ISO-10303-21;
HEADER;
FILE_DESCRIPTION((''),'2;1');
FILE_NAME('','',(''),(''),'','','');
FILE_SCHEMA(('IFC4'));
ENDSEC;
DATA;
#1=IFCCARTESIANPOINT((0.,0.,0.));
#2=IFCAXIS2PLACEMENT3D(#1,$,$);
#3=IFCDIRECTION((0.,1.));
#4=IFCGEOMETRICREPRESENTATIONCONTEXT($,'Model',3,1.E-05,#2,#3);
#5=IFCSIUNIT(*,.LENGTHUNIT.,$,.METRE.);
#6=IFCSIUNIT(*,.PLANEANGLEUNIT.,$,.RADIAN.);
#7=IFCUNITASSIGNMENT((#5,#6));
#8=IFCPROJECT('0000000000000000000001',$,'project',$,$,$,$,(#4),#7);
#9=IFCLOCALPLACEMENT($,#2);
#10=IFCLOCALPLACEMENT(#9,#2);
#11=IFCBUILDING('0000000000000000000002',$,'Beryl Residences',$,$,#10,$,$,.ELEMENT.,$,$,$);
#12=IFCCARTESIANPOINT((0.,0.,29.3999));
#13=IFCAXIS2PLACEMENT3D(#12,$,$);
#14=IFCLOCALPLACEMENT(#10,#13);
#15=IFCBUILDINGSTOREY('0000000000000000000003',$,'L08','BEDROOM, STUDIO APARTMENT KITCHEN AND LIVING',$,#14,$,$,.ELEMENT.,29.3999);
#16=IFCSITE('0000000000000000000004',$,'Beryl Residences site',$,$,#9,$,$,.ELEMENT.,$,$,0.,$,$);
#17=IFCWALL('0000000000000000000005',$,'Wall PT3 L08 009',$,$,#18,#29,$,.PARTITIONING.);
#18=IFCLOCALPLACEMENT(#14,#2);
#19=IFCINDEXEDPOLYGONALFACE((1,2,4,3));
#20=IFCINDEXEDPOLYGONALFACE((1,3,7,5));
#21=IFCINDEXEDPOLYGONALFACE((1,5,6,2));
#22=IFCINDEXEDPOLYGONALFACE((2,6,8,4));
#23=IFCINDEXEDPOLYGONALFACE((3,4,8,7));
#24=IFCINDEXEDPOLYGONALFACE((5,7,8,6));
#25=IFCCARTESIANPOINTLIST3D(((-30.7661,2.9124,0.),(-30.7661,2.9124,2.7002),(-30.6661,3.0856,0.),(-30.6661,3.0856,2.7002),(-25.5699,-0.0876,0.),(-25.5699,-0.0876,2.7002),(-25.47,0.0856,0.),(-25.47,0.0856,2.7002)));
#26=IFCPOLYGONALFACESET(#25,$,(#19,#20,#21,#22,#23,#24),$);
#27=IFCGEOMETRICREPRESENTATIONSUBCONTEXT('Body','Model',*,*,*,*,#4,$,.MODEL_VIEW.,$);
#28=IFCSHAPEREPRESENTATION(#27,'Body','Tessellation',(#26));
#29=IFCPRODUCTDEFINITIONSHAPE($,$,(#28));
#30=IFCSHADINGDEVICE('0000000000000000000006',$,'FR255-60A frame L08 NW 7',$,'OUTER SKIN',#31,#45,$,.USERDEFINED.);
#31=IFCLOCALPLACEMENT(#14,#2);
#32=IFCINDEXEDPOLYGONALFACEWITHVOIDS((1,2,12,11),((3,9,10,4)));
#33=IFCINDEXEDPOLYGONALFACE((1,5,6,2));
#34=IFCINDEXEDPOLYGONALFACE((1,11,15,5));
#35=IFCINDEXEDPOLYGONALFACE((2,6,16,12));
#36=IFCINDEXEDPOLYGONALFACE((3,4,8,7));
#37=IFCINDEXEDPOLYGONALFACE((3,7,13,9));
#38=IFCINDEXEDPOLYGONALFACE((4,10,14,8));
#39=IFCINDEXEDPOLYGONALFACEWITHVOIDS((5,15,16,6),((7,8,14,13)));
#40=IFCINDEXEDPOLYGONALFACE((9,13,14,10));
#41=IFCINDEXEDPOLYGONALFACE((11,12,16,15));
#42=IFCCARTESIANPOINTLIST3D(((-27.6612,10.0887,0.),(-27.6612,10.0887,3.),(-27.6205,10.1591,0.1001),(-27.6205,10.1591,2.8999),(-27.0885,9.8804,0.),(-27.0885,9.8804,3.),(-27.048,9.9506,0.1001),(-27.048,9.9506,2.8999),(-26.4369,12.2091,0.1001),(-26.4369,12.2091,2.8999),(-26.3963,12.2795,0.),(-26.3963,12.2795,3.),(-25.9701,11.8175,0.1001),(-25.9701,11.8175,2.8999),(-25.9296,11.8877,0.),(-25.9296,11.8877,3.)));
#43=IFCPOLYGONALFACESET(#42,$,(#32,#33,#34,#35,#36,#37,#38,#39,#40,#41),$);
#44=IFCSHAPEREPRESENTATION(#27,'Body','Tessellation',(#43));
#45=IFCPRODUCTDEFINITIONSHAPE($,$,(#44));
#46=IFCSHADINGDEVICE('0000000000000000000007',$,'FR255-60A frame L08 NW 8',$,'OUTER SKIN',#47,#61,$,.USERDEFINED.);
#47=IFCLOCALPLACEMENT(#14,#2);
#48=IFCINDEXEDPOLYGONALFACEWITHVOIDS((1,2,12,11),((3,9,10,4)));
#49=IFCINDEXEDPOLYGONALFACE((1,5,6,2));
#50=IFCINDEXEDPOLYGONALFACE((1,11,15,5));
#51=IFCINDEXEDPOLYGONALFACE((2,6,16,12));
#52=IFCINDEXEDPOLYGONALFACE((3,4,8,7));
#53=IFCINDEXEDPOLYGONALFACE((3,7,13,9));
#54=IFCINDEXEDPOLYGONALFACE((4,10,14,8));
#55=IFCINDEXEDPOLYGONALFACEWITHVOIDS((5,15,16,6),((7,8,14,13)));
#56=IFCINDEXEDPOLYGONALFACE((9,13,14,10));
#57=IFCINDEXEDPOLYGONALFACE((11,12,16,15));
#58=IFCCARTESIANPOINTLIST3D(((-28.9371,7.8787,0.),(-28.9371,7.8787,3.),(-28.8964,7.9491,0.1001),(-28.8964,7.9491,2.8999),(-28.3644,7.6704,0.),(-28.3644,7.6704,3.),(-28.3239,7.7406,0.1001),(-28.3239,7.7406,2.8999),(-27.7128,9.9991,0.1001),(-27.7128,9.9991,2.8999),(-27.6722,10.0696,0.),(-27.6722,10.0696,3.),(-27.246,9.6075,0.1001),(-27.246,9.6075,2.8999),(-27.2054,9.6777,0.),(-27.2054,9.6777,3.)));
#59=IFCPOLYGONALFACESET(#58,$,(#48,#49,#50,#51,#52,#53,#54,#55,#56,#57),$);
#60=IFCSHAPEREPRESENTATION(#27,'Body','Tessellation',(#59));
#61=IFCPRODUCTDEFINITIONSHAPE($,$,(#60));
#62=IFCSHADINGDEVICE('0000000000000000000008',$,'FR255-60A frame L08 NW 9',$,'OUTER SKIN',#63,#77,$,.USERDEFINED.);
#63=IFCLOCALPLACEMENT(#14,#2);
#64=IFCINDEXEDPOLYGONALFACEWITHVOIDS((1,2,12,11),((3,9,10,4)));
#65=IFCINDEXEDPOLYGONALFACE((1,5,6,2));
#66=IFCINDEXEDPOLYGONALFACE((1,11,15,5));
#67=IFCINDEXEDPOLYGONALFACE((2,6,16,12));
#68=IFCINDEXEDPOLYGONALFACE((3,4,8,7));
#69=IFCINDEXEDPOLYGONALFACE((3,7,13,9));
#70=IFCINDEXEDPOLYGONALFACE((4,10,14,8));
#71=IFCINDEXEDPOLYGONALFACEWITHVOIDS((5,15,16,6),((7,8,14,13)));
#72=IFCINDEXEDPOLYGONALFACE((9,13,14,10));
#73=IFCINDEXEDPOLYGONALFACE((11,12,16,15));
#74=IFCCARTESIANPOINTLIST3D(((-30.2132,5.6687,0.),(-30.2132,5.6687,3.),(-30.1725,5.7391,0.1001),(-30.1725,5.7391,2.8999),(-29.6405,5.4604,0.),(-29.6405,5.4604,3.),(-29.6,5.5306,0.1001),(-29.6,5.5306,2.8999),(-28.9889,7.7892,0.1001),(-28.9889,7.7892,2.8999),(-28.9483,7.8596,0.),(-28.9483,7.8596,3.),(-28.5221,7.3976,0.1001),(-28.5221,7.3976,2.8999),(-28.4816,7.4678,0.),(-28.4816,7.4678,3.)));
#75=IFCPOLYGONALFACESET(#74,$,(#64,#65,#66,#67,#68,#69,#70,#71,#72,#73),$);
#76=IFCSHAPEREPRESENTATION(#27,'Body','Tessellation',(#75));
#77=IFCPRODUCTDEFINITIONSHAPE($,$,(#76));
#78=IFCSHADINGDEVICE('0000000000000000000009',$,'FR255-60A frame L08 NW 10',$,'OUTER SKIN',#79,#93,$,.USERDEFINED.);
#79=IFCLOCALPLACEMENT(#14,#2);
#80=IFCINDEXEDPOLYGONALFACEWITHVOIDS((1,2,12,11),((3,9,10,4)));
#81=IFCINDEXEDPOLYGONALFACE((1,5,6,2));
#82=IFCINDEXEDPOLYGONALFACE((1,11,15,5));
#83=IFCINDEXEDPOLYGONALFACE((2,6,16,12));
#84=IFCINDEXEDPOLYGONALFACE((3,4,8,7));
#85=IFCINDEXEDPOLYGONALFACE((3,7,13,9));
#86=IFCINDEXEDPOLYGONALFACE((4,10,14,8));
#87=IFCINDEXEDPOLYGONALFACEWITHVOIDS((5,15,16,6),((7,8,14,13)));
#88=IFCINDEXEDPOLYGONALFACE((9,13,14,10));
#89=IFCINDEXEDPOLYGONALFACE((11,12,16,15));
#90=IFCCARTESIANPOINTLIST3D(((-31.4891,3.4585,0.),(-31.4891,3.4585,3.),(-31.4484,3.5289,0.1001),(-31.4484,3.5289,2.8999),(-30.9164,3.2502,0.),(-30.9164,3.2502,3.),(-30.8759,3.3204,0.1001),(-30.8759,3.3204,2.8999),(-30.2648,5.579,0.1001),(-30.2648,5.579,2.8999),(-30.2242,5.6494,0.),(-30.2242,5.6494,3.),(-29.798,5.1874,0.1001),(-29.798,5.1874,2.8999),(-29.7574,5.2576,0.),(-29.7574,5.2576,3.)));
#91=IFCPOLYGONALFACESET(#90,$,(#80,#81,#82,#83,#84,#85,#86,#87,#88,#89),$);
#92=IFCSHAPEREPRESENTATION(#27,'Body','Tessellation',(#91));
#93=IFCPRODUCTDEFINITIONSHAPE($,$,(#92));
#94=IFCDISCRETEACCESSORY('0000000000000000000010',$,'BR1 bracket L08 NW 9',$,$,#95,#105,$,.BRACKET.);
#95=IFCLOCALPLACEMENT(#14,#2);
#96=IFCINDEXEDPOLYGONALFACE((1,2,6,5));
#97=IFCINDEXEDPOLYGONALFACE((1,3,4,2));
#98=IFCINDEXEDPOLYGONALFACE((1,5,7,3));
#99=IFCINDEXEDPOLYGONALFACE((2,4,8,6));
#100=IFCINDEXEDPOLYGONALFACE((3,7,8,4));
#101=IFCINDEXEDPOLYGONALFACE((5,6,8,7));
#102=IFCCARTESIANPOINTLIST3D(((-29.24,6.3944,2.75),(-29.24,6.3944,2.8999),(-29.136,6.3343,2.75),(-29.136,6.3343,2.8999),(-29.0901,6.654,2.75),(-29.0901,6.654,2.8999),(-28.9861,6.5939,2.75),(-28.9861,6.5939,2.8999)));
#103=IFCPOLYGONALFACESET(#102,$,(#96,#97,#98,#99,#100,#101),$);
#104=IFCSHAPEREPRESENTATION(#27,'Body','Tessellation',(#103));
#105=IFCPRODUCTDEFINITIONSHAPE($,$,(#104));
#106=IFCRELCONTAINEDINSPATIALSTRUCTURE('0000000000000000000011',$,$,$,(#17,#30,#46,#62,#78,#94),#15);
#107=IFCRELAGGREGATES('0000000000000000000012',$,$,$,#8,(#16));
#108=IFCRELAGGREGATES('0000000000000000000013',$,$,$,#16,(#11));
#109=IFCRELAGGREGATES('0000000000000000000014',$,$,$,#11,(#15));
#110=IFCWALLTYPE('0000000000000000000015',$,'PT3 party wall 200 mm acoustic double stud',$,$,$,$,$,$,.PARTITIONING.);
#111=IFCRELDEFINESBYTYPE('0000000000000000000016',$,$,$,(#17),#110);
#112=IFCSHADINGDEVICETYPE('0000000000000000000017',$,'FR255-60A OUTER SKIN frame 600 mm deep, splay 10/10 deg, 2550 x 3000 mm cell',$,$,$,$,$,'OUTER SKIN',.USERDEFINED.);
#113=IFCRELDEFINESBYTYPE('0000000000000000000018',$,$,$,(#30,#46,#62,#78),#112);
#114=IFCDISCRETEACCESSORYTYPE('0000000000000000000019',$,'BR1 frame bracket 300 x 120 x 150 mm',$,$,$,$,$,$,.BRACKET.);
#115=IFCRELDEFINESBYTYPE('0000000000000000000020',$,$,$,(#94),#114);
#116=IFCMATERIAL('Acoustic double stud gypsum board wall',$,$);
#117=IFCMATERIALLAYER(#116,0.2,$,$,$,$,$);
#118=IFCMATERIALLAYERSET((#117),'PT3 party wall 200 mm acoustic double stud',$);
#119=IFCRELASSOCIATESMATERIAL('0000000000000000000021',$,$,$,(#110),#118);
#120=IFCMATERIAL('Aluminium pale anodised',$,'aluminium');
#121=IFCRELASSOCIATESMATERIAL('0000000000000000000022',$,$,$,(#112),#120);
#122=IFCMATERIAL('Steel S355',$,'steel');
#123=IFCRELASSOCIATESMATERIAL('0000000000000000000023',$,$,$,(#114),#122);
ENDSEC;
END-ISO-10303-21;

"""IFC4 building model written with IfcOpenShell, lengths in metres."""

from ifc_helpers import new_model, entity, si_unit, direction, frame, frame_2d, origin, place, context, subcontext, project, spatial, polyline, rectangle, outline, extrude, source, transform, mapped, material, layer, layer_set, type_object, type_shapes, element, save


model = new_model("IFC4")

# Units and contexts
model_context = context("Model", 3, precision=1e-05, world=origin(), true_north=direction((0.0, 1.0)))
body_context = subcontext(model_context, "Body", "Model", "MODEL_VIEW")
ifc_project = project(units=[si_unit("LENGTHUNIT", "METRE"), si_unit("PLANEANGLEUNIT", "RADIAN")], contexts=[model_context])

# Site, building, storey
site_placement = place(None, origin())
site = spatial("IfcSite", under=ifc_project, at=site_placement, Name="Beryl Residences site", CompositionType="ELEMENT", RefElevation=0.0)
building_placement = place(site_placement, origin())
building = spatial("IfcBuilding", under=site, at=building_placement, Name="Beryl Residences", CompositionType="ELEMENT")
storey_placement = place(building_placement, frame((0.0, 0.0, 29.3999)))
storey = spatial("IfcBuildingStorey", under=building, at=storey_placement, Name="L08", Description="BEDROOM, STUDIO APARTMENT KITCHEN AND LIVING", CompositionType="ELEMENT", Elevation=29.3999)

# Wall
ifc_material_1 = material(Name="Acoustic double stud gypsum board wall")
ifc_layer_1 = layer(ifc_material_1, 0.2)
ifc_layer_set_1 = layer_set([ifc_layer_1], Name="PT3 party wall 200 mm acoustic double stud")
wall_type_1 = type_object("IfcWallType", Name="PT3 party wall 200 mm acoustic double stud", PredefinedType="PARTITIONING", material=ifc_layer_set_1)
wall_1_placement = place(storey_placement, frame((-30.7161, 2.999, 0.0), z_axis=(0.0, 0.0, 1.0), x_axis=(0.866021, -0.500008, 0.0)))
element("IfcWall", 1, at=wall_1_placement, inside=storey, type_object=wall_type_1, Name="Wall PT3 L08 009", PredefinedType="PARTITIONING", context=body_context, shape_type="SweptSolid", body=[
    extrude(rectangle(XDim=6.0, YDim=0.2, at=frame_2d((3.0, 0.0))), origin(), (0.0, 0.0, 1.0), 2.7002),
])

# Shading devices
ifc_material_2 = material(Name="Aluminium pale anodised", Category="aluminium")
shading_device_type = type_object("IfcShadingDeviceType", Name="FR255-60A OUTER SKIN frame 600 mm deep, splay 10/10 deg, 2550 x 3000 mm cell", ElementType="OUTER SKIN", PredefinedType="USERDEFINED", material=ifc_material_2)
cartesian_point_1 = entity("IfcCartesianPoint", [-1.1589, 0.0])
cartesian_point_2 = entity("IfcCartesianPoint", [-1.0779, 0.1001])
cartesian_point_3 = entity("IfcCartesianPoint", [-1.2649, 0.0])
cartesian_point_4 = entity("IfcCartesianPoint", [-1.1836, 0.1001])
shared_shape_1 = source(origin(), body_context, "Body", "SweptSolid", [
    entity("IfcExtrudedAreaSolidTapered", entity("IfcArbitraryProfileDefWithVoids", "AREA", None, entity("IfcPolyline", [cartesian_point_1, entity("IfcCartesianPoint", [1.1589, 0.0]), entity("IfcCartesianPoint", [1.1589, 3.0]), entity("IfcCartesianPoint", [-1.1589, 3.0]), cartesian_point_1]), [entity("IfcPolyline", [cartesian_point_2, entity("IfcCartesianPoint", [1.0779, 0.1001]), entity("IfcCartesianPoint", [1.0779, 2.8999]), entity("IfcCartesianPoint", [-1.0779, 2.8999]), cartesian_point_2])]), entity("IfcAxis2Placement3D", entity("IfcCartesianPoint", [0.0, 0.0, 0.0]), entity("IfcDirection", [0.0, 1.0, 0.0]), entity("IfcDirection", [-1.0, 0.0, 0.0])), entity("IfcDirection", [0.0, 0.0, 1.0]), 0.6001, entity("IfcArbitraryProfileDefWithVoids", "AREA", None, entity("IfcPolyline", [cartesian_point_3, entity("IfcCartesianPoint", [1.2649, 0.0]), entity("IfcCartesianPoint", [1.2649, 3.0]), entity("IfcCartesianPoint", [-1.2649, 3.0]), cartesian_point_3]), [entity("IfcPolyline", [cartesian_point_4, entity("IfcCartesianPoint", [1.1836, 0.1001]), entity("IfcCartesianPoint", [1.1836, 2.8999]), entity("IfcCartesianPoint", [-1.1836, 2.8999]), cartesian_point_4])])),
])
type_shapes(shading_device_type, [shared_shape_1])
for number, where, z_axis, x_axis, name in (
    (2, (-26.509, 10.884, 0.0), (0.0, 0.0, 1.0), (0.5, 0.866025, 0.0), "FR255-60A frame L08 NW 7"),
    (3, (-27.7849, 8.6741, 0.0), (0.0, 0.0, 1.0), (0.5, 0.866025, 0.0), "FR255-60A frame L08 NW 8"),
    (4, (-29.061, 6.4641, 0.0), (0.0, 0.0, 1.0), (0.5, 0.866025, 0.0), "FR255-60A frame L08 NW 9"),
    (5, (-30.3369, 4.2539, 0.0), (0.0, 0.0, 1.0), (0.5, 0.866025, 0.0), "FR255-60A frame L08 NW 10"),
):
    element("IfcShadingDevice", number, at=place(storey_placement, frame(where, z_axis=z_axis, x_axis=x_axis)), inside=storey, type_object=shading_device_type, Name=name, ObjectType="OUTER SKIN", PredefinedType="USERDEFINED", context=body_context, shape_type="MappedRepresentation", body=[
        mapped(shared_shape_1, transform((0.0, 0.0, 0.0))),
    ])

# Discrete accessory
ifc_material_3 = material(Name="Steel S355", Category="steel")
discrete_accessory_type = type_object("IfcDiscreteAccessoryType", Name="BR1 frame bracket 300 x 120 x 150 mm", PredefinedType="BRACKET", material=ifc_material_3)
shared_shape_2 = source(origin(), body_context, "Body", "SweptSolid", [
    extrude(outline(polyline([(-0.1499, 0.0), (0.1499, 0.0), (0.1499, 0.1201), (-0.1499, 0.1201), (-0.1499, 0.0)])), origin(), (0.0, 0.0, 1.0), 0.1499),
])
type_shapes(discrete_accessory_type, [shared_shape_2])
discrete_accessory_placement = place(storey_placement, frame((-29.061, 6.4641, 2.75), z_axis=(0.0, 0.0, 1.0), x_axis=(0.5, 0.866025, 0.0)))
element("IfcDiscreteAccessory", 6, at=discrete_accessory_placement, inside=storey, type_object=discrete_accessory_type, Name="BR1 bracket L08 NW 9", PredefinedType="BRACKET", context=body_context, shape_type="MappedRepresentation", body=[
    mapped(shared_shape_2, transform((0.0, 0.0, 0.0))),
])

save(model, "model.ifc")
